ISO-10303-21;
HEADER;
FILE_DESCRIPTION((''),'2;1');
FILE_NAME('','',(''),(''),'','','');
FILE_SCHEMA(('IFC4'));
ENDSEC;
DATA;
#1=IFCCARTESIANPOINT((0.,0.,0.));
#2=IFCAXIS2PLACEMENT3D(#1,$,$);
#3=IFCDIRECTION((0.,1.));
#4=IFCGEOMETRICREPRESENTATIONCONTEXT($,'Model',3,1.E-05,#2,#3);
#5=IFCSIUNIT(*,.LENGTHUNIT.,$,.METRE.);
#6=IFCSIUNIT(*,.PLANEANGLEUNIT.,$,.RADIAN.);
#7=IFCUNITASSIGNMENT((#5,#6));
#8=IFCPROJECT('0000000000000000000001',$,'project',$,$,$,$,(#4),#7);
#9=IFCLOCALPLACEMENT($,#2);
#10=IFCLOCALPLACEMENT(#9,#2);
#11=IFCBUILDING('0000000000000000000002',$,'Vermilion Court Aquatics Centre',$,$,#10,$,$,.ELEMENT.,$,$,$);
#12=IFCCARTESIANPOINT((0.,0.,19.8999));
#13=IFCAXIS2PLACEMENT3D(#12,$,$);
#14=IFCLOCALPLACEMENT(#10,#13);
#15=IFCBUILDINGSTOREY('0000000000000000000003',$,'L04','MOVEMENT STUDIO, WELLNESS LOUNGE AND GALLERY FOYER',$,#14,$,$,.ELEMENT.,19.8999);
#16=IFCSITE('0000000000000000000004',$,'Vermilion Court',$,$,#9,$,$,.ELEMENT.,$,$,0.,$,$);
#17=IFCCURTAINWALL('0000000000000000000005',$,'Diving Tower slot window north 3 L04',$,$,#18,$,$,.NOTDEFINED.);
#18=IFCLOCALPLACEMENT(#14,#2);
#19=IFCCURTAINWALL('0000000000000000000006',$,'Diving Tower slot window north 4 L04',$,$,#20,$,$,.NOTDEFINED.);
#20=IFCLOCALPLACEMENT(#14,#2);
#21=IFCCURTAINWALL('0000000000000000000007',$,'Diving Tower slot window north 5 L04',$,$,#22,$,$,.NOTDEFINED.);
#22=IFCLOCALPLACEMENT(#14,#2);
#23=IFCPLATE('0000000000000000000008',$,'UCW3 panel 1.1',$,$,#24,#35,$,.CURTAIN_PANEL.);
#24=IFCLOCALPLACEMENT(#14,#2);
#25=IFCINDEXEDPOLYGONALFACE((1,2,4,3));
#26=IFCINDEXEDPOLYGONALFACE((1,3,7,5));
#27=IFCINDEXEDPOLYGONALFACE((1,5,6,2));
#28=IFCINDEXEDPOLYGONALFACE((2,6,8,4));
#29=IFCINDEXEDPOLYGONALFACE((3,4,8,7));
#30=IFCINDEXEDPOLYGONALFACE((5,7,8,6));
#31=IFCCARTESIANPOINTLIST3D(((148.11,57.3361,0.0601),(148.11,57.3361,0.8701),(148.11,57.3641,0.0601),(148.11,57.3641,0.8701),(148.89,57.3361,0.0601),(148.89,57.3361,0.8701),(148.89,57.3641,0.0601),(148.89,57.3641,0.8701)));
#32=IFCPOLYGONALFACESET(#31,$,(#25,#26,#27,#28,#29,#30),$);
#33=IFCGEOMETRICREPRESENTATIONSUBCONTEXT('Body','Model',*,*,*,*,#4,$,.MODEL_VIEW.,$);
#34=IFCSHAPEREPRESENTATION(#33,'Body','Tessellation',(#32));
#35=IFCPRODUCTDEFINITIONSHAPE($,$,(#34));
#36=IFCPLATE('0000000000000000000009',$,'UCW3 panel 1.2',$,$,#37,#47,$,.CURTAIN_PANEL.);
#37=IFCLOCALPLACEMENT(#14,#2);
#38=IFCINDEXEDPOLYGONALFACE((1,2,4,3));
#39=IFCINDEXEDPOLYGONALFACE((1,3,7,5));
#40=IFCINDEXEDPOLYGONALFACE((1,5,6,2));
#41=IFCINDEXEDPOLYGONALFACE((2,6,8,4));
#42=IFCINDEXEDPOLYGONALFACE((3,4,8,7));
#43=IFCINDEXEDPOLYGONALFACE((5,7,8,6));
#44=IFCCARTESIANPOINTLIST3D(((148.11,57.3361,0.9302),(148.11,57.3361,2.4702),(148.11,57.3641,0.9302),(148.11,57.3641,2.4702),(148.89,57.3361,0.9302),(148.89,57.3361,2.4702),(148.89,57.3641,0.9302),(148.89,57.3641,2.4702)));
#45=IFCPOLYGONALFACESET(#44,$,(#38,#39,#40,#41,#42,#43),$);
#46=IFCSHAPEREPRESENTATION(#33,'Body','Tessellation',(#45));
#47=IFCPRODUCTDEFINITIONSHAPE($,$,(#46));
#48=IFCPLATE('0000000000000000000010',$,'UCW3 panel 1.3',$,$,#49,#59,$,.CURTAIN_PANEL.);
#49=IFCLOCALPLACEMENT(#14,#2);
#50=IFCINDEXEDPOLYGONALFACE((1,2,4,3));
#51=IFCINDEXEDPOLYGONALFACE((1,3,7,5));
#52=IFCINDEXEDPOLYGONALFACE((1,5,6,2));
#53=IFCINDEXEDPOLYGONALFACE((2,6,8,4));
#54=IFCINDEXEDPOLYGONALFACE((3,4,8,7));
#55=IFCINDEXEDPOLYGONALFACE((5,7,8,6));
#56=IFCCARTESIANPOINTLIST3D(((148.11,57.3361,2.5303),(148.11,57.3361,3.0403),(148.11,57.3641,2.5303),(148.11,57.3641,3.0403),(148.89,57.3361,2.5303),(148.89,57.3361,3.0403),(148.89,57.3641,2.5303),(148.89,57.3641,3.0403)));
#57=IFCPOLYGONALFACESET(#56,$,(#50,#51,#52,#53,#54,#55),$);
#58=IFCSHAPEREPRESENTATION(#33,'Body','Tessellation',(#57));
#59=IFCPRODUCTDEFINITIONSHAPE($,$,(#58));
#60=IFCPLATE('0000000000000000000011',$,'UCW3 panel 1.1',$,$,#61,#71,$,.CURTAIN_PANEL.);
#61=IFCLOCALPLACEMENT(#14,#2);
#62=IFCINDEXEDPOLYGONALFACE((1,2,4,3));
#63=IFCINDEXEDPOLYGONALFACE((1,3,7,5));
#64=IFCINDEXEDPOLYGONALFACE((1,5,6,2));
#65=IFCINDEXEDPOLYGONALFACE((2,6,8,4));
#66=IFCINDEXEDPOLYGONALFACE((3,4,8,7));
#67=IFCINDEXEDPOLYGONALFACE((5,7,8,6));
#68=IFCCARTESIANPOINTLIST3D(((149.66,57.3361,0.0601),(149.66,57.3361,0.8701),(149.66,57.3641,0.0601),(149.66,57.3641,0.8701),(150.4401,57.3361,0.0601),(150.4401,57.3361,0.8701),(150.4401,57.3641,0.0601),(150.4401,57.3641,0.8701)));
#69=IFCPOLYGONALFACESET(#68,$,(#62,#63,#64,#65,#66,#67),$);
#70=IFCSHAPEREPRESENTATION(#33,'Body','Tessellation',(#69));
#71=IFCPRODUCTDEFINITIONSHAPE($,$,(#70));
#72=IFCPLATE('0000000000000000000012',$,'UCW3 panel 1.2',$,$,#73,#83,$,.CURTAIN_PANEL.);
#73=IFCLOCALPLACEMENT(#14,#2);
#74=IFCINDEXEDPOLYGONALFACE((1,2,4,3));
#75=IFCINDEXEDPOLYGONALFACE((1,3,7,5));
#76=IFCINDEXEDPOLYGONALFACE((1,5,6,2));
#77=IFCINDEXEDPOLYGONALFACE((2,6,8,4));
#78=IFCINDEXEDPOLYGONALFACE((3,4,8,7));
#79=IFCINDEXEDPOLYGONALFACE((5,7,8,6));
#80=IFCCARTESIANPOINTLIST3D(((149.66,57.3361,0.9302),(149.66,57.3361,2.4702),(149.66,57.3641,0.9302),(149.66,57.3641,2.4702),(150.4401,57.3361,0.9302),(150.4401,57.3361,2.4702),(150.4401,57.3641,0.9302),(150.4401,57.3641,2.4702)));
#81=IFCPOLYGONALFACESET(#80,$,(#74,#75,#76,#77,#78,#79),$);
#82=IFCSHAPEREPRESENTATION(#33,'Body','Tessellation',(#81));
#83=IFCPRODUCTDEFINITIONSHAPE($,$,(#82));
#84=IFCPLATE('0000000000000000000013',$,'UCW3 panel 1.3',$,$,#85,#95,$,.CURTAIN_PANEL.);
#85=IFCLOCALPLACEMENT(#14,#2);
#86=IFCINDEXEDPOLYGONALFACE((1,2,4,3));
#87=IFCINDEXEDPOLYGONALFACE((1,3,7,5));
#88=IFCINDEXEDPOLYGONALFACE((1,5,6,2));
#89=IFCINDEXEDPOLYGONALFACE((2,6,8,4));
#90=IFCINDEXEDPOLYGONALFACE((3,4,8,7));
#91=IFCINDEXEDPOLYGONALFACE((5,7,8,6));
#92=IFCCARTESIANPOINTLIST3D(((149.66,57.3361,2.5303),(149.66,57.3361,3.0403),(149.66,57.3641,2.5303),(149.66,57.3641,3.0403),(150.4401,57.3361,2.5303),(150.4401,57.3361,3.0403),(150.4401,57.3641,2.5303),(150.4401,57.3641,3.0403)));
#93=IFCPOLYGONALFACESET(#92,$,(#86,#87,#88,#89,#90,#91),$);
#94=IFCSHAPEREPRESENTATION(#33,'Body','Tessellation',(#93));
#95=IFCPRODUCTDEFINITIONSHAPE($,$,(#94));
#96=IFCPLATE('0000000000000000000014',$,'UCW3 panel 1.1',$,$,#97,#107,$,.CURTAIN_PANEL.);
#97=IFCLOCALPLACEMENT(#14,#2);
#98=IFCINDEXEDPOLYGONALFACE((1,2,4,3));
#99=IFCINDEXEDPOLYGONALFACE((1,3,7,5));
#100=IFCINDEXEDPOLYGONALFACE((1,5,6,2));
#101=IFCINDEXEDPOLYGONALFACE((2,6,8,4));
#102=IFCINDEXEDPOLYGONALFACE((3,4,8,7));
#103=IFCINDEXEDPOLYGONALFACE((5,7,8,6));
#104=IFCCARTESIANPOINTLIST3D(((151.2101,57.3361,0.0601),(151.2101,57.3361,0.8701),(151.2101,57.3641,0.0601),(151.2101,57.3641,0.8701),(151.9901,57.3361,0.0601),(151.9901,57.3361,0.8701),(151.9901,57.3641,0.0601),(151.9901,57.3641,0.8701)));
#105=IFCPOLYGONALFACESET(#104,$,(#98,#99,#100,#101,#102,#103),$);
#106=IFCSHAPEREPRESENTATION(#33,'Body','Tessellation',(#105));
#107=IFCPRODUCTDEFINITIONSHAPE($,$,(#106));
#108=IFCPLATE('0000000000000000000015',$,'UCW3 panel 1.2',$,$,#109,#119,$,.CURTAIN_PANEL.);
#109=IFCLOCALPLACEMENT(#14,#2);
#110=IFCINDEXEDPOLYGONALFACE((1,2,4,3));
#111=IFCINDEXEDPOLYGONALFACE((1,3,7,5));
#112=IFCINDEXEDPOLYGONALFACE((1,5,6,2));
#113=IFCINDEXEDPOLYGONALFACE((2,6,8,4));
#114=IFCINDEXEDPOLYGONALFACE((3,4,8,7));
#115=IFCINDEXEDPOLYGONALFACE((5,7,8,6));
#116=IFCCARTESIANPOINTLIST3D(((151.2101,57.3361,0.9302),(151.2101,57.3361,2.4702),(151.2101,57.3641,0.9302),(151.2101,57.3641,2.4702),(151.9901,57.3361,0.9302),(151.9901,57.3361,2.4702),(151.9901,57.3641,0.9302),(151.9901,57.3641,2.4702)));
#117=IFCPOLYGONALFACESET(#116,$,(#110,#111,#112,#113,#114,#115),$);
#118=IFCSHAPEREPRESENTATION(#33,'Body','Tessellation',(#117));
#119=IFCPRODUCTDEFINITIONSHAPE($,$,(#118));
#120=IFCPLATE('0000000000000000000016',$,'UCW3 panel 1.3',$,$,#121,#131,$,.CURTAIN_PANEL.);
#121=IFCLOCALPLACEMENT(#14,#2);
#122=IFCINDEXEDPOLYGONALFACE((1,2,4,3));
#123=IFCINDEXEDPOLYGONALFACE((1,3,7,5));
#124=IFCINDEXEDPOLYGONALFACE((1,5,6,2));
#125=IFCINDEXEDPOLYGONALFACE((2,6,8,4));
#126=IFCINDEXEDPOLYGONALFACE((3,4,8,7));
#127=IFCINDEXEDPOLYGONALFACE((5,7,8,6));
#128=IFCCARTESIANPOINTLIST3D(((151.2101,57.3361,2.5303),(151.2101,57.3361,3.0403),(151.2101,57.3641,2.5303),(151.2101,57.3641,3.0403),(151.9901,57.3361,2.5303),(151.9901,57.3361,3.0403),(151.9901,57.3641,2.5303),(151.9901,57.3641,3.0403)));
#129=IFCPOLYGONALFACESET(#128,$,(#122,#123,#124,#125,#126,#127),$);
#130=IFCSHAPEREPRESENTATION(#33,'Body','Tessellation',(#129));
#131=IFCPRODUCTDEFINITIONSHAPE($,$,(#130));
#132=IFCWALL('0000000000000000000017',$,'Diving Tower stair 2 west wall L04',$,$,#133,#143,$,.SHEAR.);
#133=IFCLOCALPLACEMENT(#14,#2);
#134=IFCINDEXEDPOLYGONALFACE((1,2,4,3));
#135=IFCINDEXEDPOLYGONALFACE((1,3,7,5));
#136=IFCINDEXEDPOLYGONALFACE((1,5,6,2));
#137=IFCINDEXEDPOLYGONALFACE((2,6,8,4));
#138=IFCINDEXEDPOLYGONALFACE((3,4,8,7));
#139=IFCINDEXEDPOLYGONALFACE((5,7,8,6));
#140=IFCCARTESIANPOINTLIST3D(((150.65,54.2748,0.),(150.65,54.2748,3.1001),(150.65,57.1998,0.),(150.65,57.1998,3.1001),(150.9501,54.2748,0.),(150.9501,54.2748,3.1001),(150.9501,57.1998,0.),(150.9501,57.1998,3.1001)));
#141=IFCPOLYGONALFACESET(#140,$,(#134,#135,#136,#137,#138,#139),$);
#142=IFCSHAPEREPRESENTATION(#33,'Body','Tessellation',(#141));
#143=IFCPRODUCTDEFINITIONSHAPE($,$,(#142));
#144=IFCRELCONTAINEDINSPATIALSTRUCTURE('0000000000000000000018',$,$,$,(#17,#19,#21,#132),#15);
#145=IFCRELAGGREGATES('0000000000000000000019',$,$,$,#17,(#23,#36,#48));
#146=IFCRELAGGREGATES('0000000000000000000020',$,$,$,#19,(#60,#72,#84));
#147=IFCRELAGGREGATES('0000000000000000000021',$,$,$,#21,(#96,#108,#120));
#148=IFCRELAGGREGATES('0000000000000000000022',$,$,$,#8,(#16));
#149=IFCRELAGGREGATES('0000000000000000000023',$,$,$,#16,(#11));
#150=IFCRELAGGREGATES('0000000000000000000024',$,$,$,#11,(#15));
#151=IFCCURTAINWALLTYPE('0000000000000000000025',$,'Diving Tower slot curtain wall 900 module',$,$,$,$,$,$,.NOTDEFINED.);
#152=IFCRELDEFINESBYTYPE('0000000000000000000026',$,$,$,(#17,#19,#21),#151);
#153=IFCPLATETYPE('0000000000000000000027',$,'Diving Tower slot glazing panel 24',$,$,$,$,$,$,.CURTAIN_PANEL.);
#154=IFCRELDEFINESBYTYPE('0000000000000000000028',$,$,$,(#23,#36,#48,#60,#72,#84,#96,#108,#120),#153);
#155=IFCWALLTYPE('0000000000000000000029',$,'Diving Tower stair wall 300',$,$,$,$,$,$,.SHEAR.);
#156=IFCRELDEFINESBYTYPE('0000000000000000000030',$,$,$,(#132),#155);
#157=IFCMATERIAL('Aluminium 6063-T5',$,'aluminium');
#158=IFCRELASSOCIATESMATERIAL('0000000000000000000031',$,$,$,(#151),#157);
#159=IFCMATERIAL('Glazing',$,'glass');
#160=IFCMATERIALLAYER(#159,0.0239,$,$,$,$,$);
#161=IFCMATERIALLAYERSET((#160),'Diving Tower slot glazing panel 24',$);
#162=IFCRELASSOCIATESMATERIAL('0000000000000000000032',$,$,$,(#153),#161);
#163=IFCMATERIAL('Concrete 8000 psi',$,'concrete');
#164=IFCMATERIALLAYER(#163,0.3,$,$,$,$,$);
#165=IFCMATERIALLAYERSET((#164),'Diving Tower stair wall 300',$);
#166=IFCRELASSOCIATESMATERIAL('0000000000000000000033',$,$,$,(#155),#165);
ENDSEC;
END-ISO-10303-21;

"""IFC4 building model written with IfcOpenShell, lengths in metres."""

from ifc_helpers import new_model, si_unit, direction, frame, frame_2d, origin, origin_2d, place, context, subcontext, project, spatial, rectangle, extrude, material, layer, layer_set, type_object, element, aggregate, save


model = new_model("IFC4")

# Units and contexts
model_context = context("Model", 3, precision=1e-05, world=origin(), true_north=direction((0.0, 1.0)))
body_context = subcontext(model_context, "Body", "Model", "MODEL_VIEW")
ifc_project = project(units=[si_unit("LENGTHUNIT", "METRE"), si_unit("PLANEANGLEUNIT", "RADIAN")], contexts=[model_context])

# Site, building, storey
site_placement = place(None, origin())
site = spatial("IfcSite", under=ifc_project, at=site_placement, Name="Vermilion Court", CompositionType="ELEMENT", RefElevation=0.0)
building_placement = place(site_placement, origin())
building = spatial("IfcBuilding", under=site, at=building_placement, Name="Vermilion Court Aquatics Centre", CompositionType="ELEMENT")
storey_placement = place(building_placement, frame((0.0, 0.0, 19.8999)))
storey = spatial("IfcBuildingStorey", under=building, at=storey_placement, Name="L04", Description="MOVEMENT STUDIO, WELLNESS LOUNGE AND GALLERY FOYER", CompositionType="ELEMENT", Elevation=19.8999)

# Curtain wall
ifc_material_1 = material(Name="Aluminium 6063-T5", Category="aluminium")
curtain_wall_type = type_object("IfcCurtainWallType", Name="Diving Tower slot curtain wall 900 module", PredefinedType="NOTDEFINED", material=ifc_material_1)
curtain_wall_1_placement = place(storey_placement, origin())
curtain_wall_1 = element("IfcCurtainWall", 1, at=curtain_wall_1_placement, inside=storey, type_object=curtain_wall_type, Name="Diving Tower slot window north 3 L04", PredefinedType="NOTDEFINED")

# Curtain wall
curtain_wall_2_placement = place(storey_placement, origin())
curtain_wall_2 = element("IfcCurtainWall", 2, at=curtain_wall_2_placement, inside=storey, type_object=curtain_wall_type, Name="Diving Tower slot window north 4 L04", PredefinedType="NOTDEFINED")

# Curtain wall
curtain_wall_3_placement = place(storey_placement, origin())
curtain_wall_3 = element("IfcCurtainWall", 3, at=curtain_wall_3_placement, inside=storey, type_object=curtain_wall_type, Name="Diving Tower slot window north 5 L04", PredefinedType="NOTDEFINED")

# Plates
ifc_material_2 = material(Name="Glazing", Category="glass")
ifc_layer_1 = layer(ifc_material_2, 0.0239)
ifc_layer_set_1 = layer_set([ifc_layer_1], Name="Diving Tower slot glazing panel 24")
plate_type = type_object("IfcPlateType", Name="Diving Tower slot glazing panel 24", PredefinedType="CURTAIN_PANEL", material=ifc_layer_set_1)
plate_1_placement = place(storey_placement, frame((148.5, 57.3501, 0.0601), z_axis=(0.0, 0.0, 1.0), x_axis=(1.0, 0.0, 0.0)))
plate_1 = element("IfcPlate", 4, at=plate_1_placement, type_object=plate_type, Name="UCW3 panel 1.1", PredefinedType="CURTAIN_PANEL", context=body_context, shape_type="SweptSolid", body=[
    extrude(rectangle(XDim=0.78, YDim=0.0281, at=origin_2d()), origin(), (0.0, 0.0, 1.0), 0.8101),
])
plate_2_placement = place(storey_placement, frame((148.5, 57.3501, 0.9302), z_axis=(0.0, 0.0, 1.0), x_axis=(1.0, 0.0, 0.0)))
plate_2 = element("IfcPlate", 5, at=plate_2_placement, type_object=plate_type, Name="UCW3 panel 1.2", PredefinedType="CURTAIN_PANEL", context=body_context, shape_type="SweptSolid", body=[
    extrude(rectangle(XDim=0.78, YDim=0.0281, at=origin_2d()), origin(), (0.0, 0.0, 1.0), 1.54),
])
plate_3_placement = place(storey_placement, frame((148.5, 57.3501, 2.5303), z_axis=(0.0, 0.0, 1.0), x_axis=(1.0, 0.0, 0.0)))
plate_3 = element("IfcPlate", 6, at=plate_3_placement, type_object=plate_type, Name="UCW3 panel 1.3", PredefinedType="CURTAIN_PANEL", context=body_context, shape_type="SweptSolid", body=[
    extrude(rectangle(XDim=0.78, YDim=0.0281, at=origin_2d()), origin(), (0.0, 0.0, 1.0), 0.51),
])
aggregate(curtain_wall_1, [plate_1, plate_2, plate_3])
plate_4_placement = place(storey_placement, frame((150.05, 57.3501, 0.0601), z_axis=(0.0, 0.0, 1.0), x_axis=(1.0, 0.0, 0.0)))
plate_4 = element("IfcPlate", 7, at=plate_4_placement, type_object=plate_type, Name="UCW3 panel 1.1", PredefinedType="CURTAIN_PANEL", context=body_context, shape_type="SweptSolid", body=[
    extrude(rectangle(XDim=0.78, YDim=0.0281, at=origin_2d()), origin(), (0.0, 0.0, 1.0), 0.8101),
])
plate_5_placement = place(storey_placement, frame((150.05, 57.3501, 0.9302), z_axis=(0.0, 0.0, 1.0), x_axis=(1.0, 0.0, 0.0)))
plate_5 = element("IfcPlate", 8, at=plate_5_placement, type_object=plate_type, Name="UCW3 panel 1.2", PredefinedType="CURTAIN_PANEL", context=body_context, shape_type="SweptSolid", body=[
    extrude(rectangle(XDim=0.78, YDim=0.0281, at=origin_2d()), origin(), (0.0, 0.0, 1.0), 1.54),
])
plate_6_placement = place(storey_placement, frame((150.05, 57.3501, 2.5303), z_axis=(0.0, 0.0, 1.0), x_axis=(1.0, 0.0, 0.0)))
plate_6 = element("IfcPlate", 9, at=plate_6_placement, type_object=plate_type, Name="UCW3 panel 1.3", PredefinedType="CURTAIN_PANEL", context=body_context, shape_type="SweptSolid", body=[
    extrude(rectangle(XDim=0.78, YDim=0.0281, at=origin_2d()), origin(), (0.0, 0.0, 1.0), 0.51),
])
aggregate(curtain_wall_2, [plate_4, plate_5, plate_6])
plate_7_placement = place(storey_placement, frame((151.6001, 57.3501, 0.0601), z_axis=(0.0, 0.0, 1.0), x_axis=(1.0, 0.0, 0.0)))
plate_7 = element("IfcPlate", 10, at=plate_7_placement, type_object=plate_type, Name="UCW3 panel 1.1", PredefinedType="CURTAIN_PANEL", context=body_context, shape_type="SweptSolid", body=[
    extrude(rectangle(XDim=0.78, YDim=0.0281, at=origin_2d()), origin(), (0.0, 0.0, 1.0), 0.8101),
])
plate_8_placement = place(storey_placement, frame((151.6001, 57.3501, 0.9302), z_axis=(0.0, 0.0, 1.0), x_axis=(1.0, 0.0, 0.0)))
plate_8 = element("IfcPlate", 11, at=plate_8_placement, type_object=plate_type, Name="UCW3 panel 1.2", PredefinedType="CURTAIN_PANEL", context=body_context, shape_type="SweptSolid", body=[
    extrude(rectangle(XDim=0.78, YDim=0.0281, at=origin_2d()), origin(), (0.0, 0.0, 1.0), 1.54),
])
plate_9_placement = place(storey_placement, frame((151.6001, 57.3501, 2.5303), z_axis=(0.0, 0.0, 1.0), x_axis=(1.0, 0.0, 0.0)))
plate_9 = element("IfcPlate", 12, at=plate_9_placement, type_object=plate_type, Name="UCW3 panel 1.3", PredefinedType="CURTAIN_PANEL", context=body_context, shape_type="SweptSolid", body=[
    extrude(rectangle(XDim=0.78, YDim=0.0281, at=origin_2d()), origin(), (0.0, 0.0, 1.0), 0.51),
])
aggregate(curtain_wall_3, [plate_7, plate_8, plate_9])

# Wall
ifc_material_3 = material(Name="Concrete 8000 psi", Category="concrete")
ifc_layer_2 = layer(ifc_material_3, 0.3)
ifc_layer_set_2 = layer_set([ifc_layer_2], Name="Diving Tower stair wall 300")
wall_type = type_object("IfcWallType", Name="Diving Tower stair wall 300", PredefinedType="SHEAR", material=ifc_layer_set_2)
wall_placement = place(storey_placement, frame((150.8, 54.2749, 0.0), z_axis=(0.0, 0.0, 1.0), x_axis=(0.0, 1.0, 0.0)))
element("IfcWall", 13, at=wall_placement, inside=storey, type_object=wall_type, Name="Diving Tower stair 2 west wall L04", PredefinedType="SHEAR", context=body_context, shape_type="SweptSolid", body=[
    extrude(rectangle(XDim=2.925, YDim=0.3, at=frame_2d((1.4624, 0.0))), origin(), (0.0, 0.0, 1.0), 3.1001),
])

save(model, "model.ifc")
